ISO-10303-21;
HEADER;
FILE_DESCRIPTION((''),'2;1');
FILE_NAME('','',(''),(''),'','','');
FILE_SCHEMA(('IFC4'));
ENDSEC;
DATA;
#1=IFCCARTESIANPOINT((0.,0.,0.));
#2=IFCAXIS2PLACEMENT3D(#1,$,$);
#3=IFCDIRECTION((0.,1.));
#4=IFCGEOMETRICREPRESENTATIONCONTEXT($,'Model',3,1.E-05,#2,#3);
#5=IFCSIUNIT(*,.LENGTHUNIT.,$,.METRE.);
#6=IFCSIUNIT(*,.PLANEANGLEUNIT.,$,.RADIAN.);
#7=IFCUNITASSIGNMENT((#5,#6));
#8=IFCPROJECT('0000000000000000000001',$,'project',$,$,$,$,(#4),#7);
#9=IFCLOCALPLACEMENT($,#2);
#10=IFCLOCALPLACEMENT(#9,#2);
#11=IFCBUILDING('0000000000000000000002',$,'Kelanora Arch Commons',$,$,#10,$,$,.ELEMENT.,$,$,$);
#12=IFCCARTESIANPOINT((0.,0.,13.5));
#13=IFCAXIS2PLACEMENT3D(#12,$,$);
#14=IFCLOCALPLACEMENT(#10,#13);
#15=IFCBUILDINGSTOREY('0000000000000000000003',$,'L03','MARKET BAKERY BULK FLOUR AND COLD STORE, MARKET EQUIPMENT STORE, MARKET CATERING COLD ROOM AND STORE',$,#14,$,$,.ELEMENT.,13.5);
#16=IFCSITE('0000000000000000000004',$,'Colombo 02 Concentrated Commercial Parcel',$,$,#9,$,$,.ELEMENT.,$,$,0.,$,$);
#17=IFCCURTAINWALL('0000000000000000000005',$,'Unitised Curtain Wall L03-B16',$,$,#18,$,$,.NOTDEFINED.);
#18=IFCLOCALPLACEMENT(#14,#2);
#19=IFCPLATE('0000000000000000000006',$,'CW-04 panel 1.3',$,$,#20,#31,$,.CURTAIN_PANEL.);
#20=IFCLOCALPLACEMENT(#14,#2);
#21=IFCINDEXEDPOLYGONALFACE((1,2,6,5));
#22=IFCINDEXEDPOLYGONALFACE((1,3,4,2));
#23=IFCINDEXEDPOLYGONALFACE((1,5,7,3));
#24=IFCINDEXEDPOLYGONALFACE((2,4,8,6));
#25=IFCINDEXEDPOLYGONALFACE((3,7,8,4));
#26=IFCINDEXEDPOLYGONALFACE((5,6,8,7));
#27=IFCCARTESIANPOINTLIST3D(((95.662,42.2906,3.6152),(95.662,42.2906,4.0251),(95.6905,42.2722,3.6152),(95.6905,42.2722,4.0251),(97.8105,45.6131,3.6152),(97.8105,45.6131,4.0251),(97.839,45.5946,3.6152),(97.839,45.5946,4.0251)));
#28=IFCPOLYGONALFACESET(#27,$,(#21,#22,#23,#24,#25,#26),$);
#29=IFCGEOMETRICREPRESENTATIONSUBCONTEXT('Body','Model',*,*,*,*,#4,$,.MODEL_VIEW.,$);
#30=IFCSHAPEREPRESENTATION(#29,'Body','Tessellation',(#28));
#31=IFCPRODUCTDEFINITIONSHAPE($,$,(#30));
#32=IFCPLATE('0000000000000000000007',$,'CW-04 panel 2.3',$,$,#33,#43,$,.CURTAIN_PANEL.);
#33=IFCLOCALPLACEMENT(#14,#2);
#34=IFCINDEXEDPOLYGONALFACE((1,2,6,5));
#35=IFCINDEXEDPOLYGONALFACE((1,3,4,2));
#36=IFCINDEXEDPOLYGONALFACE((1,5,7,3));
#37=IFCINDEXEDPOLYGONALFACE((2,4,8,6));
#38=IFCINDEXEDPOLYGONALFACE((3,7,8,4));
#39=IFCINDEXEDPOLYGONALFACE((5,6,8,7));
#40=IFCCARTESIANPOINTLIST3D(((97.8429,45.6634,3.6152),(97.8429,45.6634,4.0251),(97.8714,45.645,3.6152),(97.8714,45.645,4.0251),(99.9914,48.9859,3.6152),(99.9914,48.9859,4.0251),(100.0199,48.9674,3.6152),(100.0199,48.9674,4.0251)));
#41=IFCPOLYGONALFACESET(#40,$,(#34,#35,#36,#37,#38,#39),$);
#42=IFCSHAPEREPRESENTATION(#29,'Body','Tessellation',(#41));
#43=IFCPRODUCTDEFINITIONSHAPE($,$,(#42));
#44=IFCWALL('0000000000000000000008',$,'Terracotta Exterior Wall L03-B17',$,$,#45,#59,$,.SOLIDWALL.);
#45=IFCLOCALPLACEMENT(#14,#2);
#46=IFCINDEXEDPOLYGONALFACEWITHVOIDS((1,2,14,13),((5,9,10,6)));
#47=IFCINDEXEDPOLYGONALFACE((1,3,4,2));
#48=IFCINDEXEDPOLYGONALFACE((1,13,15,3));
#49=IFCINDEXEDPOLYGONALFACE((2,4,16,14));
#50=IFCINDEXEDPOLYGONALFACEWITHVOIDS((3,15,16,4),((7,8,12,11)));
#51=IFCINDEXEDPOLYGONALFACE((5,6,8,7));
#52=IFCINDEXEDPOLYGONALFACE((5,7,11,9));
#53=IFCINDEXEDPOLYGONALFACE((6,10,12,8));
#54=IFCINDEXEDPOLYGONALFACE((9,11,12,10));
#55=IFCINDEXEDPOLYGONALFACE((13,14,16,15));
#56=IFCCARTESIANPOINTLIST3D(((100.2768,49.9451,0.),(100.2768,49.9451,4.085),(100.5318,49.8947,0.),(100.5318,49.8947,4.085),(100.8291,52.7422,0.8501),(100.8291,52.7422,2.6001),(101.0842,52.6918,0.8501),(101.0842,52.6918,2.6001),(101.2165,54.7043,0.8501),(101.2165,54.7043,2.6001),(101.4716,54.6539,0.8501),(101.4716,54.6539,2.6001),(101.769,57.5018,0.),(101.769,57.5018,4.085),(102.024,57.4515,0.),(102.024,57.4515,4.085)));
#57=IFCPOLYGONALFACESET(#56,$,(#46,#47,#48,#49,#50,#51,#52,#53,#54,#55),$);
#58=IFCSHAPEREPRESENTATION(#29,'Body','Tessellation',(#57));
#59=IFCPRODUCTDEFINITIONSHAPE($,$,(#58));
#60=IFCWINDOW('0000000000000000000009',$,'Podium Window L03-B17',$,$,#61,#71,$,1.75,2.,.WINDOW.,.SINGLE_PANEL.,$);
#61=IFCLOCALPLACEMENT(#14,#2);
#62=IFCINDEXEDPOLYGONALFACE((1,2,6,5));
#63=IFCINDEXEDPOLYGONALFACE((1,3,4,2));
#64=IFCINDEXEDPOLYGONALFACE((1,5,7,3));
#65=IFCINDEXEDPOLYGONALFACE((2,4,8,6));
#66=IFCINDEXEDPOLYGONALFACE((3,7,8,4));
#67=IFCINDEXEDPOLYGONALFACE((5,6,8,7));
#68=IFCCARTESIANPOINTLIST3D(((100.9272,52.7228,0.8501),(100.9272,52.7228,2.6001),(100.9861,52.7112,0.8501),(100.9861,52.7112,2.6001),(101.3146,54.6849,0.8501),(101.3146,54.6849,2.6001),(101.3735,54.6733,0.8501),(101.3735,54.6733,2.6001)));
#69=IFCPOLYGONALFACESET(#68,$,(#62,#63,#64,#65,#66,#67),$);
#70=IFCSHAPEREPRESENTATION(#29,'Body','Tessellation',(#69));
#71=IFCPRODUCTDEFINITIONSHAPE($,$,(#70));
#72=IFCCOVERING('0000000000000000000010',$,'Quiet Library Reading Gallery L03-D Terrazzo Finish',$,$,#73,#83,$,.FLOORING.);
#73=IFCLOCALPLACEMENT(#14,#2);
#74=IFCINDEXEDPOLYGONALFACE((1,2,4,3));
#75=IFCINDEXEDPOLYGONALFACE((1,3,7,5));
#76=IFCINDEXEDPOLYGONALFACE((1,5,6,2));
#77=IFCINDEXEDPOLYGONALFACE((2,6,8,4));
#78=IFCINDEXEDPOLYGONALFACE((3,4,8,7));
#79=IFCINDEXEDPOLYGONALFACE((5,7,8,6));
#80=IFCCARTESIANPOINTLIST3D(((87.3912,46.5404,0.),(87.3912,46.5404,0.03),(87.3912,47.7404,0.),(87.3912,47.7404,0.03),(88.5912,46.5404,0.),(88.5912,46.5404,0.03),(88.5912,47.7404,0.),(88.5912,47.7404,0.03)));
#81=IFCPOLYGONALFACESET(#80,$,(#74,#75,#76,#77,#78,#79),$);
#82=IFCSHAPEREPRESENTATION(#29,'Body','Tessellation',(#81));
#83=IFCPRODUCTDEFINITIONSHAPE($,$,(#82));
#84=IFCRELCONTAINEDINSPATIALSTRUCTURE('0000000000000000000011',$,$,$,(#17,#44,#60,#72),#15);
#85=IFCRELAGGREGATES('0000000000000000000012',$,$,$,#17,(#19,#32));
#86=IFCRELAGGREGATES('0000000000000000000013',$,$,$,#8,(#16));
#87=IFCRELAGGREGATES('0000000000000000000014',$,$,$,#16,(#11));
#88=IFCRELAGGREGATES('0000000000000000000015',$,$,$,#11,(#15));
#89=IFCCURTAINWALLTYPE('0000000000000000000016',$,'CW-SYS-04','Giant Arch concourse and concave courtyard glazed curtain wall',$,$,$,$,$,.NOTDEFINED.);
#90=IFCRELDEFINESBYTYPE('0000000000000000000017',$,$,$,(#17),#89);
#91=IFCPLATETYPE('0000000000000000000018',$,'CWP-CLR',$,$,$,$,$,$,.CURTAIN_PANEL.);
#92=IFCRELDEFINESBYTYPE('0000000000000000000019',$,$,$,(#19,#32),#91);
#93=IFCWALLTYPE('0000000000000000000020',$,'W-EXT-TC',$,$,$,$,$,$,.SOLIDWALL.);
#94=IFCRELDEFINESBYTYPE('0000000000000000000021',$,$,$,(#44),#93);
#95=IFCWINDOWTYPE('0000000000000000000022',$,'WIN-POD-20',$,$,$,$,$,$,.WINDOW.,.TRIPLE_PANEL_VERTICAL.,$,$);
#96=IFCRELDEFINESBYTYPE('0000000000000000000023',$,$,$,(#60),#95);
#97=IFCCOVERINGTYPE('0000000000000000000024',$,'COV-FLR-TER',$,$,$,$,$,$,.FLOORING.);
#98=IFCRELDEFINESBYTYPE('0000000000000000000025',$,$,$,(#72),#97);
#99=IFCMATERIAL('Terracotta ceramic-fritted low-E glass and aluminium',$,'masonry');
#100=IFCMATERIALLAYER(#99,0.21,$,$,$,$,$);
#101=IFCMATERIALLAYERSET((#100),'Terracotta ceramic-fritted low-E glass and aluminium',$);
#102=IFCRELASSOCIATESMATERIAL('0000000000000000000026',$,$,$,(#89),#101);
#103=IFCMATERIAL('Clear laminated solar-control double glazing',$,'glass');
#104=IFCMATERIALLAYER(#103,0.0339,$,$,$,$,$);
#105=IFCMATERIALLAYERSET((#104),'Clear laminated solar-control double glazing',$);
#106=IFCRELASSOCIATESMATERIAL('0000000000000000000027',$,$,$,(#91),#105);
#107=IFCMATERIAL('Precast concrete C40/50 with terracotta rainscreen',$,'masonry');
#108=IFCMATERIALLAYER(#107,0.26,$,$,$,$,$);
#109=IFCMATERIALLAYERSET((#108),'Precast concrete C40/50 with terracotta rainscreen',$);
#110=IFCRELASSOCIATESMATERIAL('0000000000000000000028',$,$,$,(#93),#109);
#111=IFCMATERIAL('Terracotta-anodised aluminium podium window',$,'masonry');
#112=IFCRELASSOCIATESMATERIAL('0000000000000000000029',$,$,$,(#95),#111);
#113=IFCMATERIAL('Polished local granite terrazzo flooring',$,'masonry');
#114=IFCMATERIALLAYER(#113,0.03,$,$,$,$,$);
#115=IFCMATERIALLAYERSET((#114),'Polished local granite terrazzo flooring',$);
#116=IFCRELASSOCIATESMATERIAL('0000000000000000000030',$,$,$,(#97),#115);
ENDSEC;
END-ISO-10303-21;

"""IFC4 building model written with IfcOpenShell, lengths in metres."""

from ifc_helpers import new_model, si_unit, direction, frame, frame_2d, origin, origin_2d, place, context, subcontext, project, spatial, rectangle, extrude, source, transform, mapped, material, layer, layer_set, type_object, element, fill, aggregate, save


model = new_model("IFC4")

# Units and contexts
model_context = context("Model", 3, precision=1e-05, world=origin(), true_north=direction((0.0, 1.0)))
body_context = subcontext(model_context, "Body", "Model", "MODEL_VIEW")
ifc_project = project(units=[si_unit("LENGTHUNIT", "METRE"), si_unit("PLANEANGLEUNIT", "RADIAN")], contexts=[model_context])

# Site, building, storey
site_placement = place(None, origin())
site = spatial("IfcSite", under=ifc_project, at=site_placement, Name="Colombo 02 Concentrated Commercial Parcel", CompositionType="ELEMENT", RefElevation=0.0)
building_placement = place(site_placement, origin())
building = spatial("IfcBuilding", under=site, at=building_placement, Name="Kelanora Arch Commons", CompositionType="ELEMENT")
storey_placement = place(building_placement, frame((0.0, 0.0, 13.5)))
storey = spatial("IfcBuildingStorey", under=building, at=storey_placement, Name="L03", Description="MARKET BAKERY BULK FLOUR AND COLD STORE, MARKET EQUIPMENT STORE, MARKET CATERING COLD ROOM AND STORE", CompositionType="ELEMENT", Elevation=13.5)

# Curtain wall, plates
ifc_material_1 = material(Name="Terracotta ceramic-fritted low-E glass and aluminium", Category="masonry")
ifc_layer_1 = layer(ifc_material_1, 0.21)
ifc_layer_set_1 = layer_set([ifc_layer_1], Name="Terracotta ceramic-fritted low-E glass and aluminium")
curtain_wall_type = type_object("IfcCurtainWallType", Name="CW-SYS-04", Description="Giant Arch concourse and concave courtyard glazed curtain wall", PredefinedType="NOTDEFINED", material=ifc_layer_set_1)
curtain_wall_placement = place(storey_placement, origin())
curtain_wall = element("IfcCurtainWall", 1, at=curtain_wall_placement, inside=storey, type_object=curtain_wall_type, Name="Unitised Curtain Wall L03-B16", PredefinedType="NOTDEFINED")
ifc_material_2 = material(Name="Clear laminated solar-control double glazing", Category="glass")
ifc_layer_2 = layer(ifc_material_2, 0.0339)
ifc_layer_set_2 = layer_set([ifc_layer_2], Name="Clear laminated solar-control double glazing")
plate_type = type_object("IfcPlateType", Name="CWP-CLR", PredefinedType="CURTAIN_PANEL", material=ifc_layer_set_2)
shared_shape_1 = source(origin(), body_context, "Body", "SweptSolid", [
    extrude(rectangle(XDim=3.9565, YDim=0.0339, at=origin_2d()), origin(), (0.0, 0.0, 1.0), 0.4099),
])
plate_1_placement = place(storey_placement, frame((96.7505, 43.9426, 3.6152), z_axis=(0.0, 0.0, 1.0), x_axis=(0.543006, 0.839729, 0.0)))
plate_1 = element("IfcPlate", 2, at=plate_1_placement, type_object=plate_type, Name="CW-04 panel 1.3", PredefinedType="CURTAIN_PANEL", context=body_context, shape_type="MappedRepresentation", body=[
    mapped(shared_shape_1, transform((0.0, 0.0, 0.0), scale=1.0)),
])
plate_2_placement = place(storey_placement, frame((98.9314, 47.3154, 3.6152), z_axis=(0.0, 0.0, 1.0), x_axis=(0.543006, 0.839729, 0.0)))
plate_2 = element("IfcPlate", 3, at=plate_2_placement, type_object=plate_type, Name="CW-04 panel 2.3", PredefinedType="CURTAIN_PANEL", context=body_context, shape_type="MappedRepresentation", body=[
    mapped(shared_shape_1, transform((0.0, 0.0, 0.0), scale=1.0)),
])
aggregate(curtain_wall, [plate_1, plate_2])

# Wall, opening, window
ifc_material_3 = material(Name="Precast concrete C40/50 with terracotta rainscreen", Category="masonry")
ifc_layer_3 = layer(ifc_material_3, 0.26)
ifc_layer_set_3 = layer_set([ifc_layer_3], Name="Precast concrete C40/50 with terracotta rainscreen")
wall_type = type_object("IfcWallType", Name="W-EXT-TC", PredefinedType="SOLIDWALL", material=ifc_layer_set_3)
wall_placement = place(storey_placement, frame((100.4043, 49.9199, 0.0), z_axis=(0.0, 0.0, 1.0), x_axis=(0.193726, 0.981056, 0.0)))
wall = element("IfcWall", 4, at=wall_placement, inside=storey, type_object=wall_type, Name="Terracotta Exterior Wall L03-B17", PredefinedType="SOLIDWALL", context=body_context, shape_type="SweptSolid", body=[
    extrude(rectangle(XDim=7.7026, YDim=0.26, at=frame_2d((3.8513, 0.0))), origin(), (0.0, 0.0, 1.0), 4.085),
])
opening_placement = place(wall_placement, frame((2.8511, 0.0, 0.8501)))
opening = element("IfcOpeningElement", 5, at=opening_placement, cuts=wall, PredefinedType="OPENING", context=body_context, shape_type="SweptSolid", body=[
    extrude(rectangle(XDim=2.0, YDim=1.75, at=frame_2d((1.0, 0.875))), frame((0.0, 0.1401, 0.0), z_axis=(0.0, -1.0, 0.0), x_axis=(1.0, 0.0, 0.0)), (0.0, 0.0, 1.0), 0.28),
])
ifc_material_4 = material(Name="Terracotta-anodised aluminium podium window", Category="masonry")
window_type = type_object("IfcWindowType", Name="WIN-POD-20", PartitioningType="TRIPLE_PANEL_VERTICAL", PredefinedType="WINDOW", material=ifc_material_4)
window_placement = place(opening_placement, origin())
window = element("IfcWindow", 6, at=window_placement, inside=storey, type_object=window_type, Name="Podium Window L03-B17", OverallHeight=1.75, OverallWidth=2.0, PartitioningType="SINGLE_PANEL", PredefinedType="WINDOW", context=body_context, shape_type="SweptSolid", body=[
    extrude(rectangle(XDim=2.0, YDim=1.75, at=frame_2d((1.0, 0.875))), frame((0.0, 0.03, 0.0), z_axis=(0.0, -1.0, 0.0), x_axis=(1.0, 0.0, 0.0)), (0.0, 0.0, 1.0), 0.0601),
])
fill(opening, window)

# Covering
ifc_material_5 = material(Name="Polished local granite terrazzo flooring", Category="masonry")
ifc_layer_4 = layer(ifc_material_5, 0.03)
ifc_layer_set_4 = layer_set([ifc_layer_4], Name="Polished local granite terrazzo flooring")
covering_type = type_object("IfcCoveringType", Name="COV-FLR-TER", PredefinedType="FLOORING", material=ifc_layer_set_4)
shared_shape_2 = source(origin(), body_context, "Body", "SweptSolid", [
    extrude(rectangle(XDim=1.2, YDim=1.2, at=origin_2d()), origin(), (0.0, 0.0, 1.0), 0.03),
])
covering_placement = place(storey_placement, frame((87.9912, 47.1404, 0.0), z_axis=(0.0, 0.0, 1.0), x_axis=(1.0, 0.0, 0.0)))
element("IfcCovering", 7, at=covering_placement, inside=storey, type_object=covering_type, Name="Quiet Library Reading Gallery L03-D Terrazzo Finish", PredefinedType="FLOORING", context=body_context, shape_type="MappedRepresentation", body=[
    mapped(shared_shape_2, transform((0.0, 0.0, 0.0), scale=1.0)),
])

save(model, "model.ifc")
